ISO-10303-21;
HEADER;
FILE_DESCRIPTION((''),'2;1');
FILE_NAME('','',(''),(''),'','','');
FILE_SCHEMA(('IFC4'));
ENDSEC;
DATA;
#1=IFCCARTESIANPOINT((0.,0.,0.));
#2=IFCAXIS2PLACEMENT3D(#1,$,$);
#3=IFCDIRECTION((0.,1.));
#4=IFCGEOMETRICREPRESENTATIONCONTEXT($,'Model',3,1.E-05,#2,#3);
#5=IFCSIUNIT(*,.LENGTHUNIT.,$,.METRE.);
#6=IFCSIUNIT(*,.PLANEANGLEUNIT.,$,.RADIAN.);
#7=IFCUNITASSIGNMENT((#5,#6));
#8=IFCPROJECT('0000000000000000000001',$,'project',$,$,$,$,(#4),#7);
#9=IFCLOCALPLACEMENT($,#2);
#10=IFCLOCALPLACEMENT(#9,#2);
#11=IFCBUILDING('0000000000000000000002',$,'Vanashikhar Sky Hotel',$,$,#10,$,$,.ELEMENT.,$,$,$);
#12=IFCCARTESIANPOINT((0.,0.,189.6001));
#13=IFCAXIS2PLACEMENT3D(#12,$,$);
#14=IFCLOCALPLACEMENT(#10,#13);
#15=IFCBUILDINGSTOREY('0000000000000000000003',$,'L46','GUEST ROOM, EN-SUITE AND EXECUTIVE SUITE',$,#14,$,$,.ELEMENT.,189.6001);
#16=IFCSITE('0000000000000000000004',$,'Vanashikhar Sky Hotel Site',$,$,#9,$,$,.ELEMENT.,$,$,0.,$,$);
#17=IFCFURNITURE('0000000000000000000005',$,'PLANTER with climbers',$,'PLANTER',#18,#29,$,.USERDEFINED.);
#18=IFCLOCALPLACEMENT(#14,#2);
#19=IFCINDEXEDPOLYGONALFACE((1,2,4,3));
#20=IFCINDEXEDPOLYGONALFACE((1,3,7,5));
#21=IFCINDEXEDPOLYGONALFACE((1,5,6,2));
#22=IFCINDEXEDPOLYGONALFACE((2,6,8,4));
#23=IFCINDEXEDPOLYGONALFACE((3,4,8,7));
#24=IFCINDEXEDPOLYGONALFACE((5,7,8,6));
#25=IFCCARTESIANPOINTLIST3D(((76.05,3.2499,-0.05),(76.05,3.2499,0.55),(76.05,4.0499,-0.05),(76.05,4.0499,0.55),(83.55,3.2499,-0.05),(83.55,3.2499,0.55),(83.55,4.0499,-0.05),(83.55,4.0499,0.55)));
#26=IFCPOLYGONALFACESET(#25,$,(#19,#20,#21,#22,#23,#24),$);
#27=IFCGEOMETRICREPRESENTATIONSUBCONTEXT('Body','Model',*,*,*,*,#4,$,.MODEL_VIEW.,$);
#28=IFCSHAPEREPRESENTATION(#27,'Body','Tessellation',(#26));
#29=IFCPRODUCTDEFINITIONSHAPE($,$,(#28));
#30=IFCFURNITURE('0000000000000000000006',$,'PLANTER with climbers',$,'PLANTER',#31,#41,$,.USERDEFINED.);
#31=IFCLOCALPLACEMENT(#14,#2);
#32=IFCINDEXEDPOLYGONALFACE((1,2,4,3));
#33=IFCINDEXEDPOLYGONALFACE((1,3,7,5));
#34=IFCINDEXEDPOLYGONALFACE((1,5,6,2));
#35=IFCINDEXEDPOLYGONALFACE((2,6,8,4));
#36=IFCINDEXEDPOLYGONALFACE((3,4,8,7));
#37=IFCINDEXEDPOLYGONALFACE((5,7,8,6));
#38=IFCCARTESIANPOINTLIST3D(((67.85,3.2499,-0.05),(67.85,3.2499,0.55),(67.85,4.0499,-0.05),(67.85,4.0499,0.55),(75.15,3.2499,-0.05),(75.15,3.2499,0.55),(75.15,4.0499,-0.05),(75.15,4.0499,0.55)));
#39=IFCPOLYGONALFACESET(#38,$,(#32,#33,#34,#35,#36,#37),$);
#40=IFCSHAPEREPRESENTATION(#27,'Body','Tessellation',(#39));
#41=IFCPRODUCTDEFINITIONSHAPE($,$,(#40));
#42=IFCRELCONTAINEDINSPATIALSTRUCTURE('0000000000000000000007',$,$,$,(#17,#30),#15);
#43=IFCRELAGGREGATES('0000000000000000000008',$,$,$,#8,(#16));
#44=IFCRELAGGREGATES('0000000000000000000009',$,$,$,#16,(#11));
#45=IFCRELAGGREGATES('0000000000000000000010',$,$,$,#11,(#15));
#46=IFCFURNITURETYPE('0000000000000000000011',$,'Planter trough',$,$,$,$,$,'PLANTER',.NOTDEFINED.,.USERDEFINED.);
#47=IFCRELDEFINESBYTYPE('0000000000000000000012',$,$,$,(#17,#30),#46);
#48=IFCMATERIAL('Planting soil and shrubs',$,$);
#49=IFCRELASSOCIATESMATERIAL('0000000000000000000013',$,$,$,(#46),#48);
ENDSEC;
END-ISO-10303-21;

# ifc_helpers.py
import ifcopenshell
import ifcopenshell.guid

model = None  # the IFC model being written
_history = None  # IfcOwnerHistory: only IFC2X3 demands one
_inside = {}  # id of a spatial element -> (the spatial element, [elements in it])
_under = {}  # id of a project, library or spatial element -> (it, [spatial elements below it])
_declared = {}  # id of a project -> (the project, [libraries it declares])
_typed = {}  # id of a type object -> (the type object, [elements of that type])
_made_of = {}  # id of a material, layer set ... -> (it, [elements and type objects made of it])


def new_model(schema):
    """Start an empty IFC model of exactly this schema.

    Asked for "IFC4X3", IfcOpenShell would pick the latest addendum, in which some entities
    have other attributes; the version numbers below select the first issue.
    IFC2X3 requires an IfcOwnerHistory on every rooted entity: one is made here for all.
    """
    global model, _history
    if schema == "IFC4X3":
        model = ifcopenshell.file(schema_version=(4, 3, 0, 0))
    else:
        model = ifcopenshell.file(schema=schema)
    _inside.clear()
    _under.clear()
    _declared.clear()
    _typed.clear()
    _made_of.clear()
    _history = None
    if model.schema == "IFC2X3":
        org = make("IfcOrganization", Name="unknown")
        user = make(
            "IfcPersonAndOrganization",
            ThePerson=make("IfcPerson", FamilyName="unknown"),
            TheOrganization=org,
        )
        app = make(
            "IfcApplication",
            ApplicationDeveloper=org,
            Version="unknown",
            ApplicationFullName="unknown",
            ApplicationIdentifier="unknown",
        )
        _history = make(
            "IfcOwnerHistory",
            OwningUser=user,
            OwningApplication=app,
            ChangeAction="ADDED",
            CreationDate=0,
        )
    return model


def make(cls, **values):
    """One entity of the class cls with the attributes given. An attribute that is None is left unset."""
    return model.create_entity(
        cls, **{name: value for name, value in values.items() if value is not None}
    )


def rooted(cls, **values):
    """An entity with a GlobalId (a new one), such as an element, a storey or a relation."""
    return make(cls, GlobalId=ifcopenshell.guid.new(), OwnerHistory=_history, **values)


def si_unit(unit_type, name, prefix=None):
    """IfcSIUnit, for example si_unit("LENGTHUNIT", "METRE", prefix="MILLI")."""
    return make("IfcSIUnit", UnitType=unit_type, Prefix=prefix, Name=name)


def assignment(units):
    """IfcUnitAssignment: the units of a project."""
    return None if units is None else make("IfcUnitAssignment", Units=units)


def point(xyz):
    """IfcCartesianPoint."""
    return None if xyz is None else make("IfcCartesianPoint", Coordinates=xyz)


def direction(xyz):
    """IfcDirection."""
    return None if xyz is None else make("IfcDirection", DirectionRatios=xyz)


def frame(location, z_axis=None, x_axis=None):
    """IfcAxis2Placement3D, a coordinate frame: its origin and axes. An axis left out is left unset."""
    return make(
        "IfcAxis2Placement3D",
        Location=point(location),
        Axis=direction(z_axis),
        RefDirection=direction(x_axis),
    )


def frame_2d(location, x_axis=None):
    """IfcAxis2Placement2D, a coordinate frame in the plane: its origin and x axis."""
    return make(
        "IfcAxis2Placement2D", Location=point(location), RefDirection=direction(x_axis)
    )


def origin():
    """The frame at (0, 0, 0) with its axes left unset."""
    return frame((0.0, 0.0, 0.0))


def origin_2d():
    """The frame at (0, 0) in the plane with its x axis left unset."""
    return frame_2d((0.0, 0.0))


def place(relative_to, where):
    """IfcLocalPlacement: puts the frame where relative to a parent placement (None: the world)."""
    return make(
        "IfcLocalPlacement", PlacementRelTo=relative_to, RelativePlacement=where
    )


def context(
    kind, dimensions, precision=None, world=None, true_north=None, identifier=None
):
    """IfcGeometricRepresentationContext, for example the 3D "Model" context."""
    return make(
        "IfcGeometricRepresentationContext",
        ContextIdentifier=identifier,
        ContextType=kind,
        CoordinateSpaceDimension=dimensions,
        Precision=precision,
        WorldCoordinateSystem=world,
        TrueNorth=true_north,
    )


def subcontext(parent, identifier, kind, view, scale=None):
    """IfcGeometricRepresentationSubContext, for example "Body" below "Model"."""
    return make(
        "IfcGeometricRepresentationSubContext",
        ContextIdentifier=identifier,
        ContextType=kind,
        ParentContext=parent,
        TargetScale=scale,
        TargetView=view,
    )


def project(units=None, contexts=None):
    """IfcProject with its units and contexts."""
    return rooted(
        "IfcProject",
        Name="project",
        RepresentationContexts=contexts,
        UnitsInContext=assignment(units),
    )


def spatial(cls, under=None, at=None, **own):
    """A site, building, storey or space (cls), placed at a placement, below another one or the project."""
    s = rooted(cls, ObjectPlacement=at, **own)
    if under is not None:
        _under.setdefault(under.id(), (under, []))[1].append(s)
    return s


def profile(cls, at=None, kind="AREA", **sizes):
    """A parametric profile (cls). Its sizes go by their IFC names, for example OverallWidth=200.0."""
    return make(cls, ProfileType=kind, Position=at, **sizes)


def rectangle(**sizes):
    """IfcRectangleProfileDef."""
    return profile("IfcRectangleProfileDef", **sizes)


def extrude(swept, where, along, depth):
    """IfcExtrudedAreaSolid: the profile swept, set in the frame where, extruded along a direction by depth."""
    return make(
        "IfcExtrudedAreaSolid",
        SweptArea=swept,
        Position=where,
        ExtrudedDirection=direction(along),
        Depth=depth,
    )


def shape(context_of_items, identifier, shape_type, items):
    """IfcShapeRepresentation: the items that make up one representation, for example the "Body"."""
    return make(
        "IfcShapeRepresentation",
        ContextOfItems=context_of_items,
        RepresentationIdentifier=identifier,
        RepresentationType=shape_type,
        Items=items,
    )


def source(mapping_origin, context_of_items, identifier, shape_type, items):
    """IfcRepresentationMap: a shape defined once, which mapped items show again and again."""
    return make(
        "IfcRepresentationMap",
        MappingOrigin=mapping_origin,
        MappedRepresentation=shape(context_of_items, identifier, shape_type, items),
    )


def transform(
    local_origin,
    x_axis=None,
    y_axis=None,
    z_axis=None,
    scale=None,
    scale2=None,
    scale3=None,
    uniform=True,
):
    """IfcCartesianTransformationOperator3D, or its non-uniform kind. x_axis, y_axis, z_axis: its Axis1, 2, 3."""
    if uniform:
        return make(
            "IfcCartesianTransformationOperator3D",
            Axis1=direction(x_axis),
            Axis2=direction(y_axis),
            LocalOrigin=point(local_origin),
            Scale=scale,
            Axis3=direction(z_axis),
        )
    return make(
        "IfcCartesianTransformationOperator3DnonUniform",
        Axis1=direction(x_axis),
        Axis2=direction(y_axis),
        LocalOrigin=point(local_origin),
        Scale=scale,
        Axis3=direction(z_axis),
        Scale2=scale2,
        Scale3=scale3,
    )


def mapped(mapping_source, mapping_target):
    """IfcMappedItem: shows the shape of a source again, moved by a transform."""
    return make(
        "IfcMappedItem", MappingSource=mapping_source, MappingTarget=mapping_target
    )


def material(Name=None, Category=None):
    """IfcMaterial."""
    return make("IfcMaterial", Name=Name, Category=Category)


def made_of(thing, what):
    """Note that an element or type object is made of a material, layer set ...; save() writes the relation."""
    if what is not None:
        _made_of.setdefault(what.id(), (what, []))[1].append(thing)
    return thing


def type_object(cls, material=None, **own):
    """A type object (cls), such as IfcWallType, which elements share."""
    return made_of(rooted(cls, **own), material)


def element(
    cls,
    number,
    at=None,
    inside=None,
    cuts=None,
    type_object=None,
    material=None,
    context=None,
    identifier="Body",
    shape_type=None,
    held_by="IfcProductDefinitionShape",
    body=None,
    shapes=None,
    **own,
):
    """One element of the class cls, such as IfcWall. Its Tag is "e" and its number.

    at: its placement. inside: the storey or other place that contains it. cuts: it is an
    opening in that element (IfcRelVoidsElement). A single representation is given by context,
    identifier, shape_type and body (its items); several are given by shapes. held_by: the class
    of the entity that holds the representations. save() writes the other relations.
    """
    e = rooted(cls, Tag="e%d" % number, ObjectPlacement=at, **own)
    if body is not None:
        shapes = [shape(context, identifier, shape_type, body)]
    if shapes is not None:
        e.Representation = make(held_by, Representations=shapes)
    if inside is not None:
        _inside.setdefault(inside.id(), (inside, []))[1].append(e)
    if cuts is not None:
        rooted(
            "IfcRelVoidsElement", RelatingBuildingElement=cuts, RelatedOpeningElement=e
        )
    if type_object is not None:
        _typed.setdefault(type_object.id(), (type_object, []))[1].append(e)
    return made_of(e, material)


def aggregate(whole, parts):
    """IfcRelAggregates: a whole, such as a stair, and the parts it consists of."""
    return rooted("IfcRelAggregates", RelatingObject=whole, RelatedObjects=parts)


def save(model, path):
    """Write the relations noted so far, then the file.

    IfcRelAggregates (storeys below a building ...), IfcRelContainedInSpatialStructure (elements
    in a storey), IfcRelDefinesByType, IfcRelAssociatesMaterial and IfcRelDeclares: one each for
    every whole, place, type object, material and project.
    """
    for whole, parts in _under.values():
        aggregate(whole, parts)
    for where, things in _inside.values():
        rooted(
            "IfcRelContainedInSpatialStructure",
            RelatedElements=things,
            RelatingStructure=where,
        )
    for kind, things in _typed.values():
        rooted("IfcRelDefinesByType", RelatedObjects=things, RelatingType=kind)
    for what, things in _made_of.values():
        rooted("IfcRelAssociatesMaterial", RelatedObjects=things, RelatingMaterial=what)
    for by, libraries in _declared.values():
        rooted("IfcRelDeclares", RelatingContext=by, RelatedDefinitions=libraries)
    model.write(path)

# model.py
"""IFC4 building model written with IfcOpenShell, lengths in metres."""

from ifc_helpers import new_model, si_unit, direction, frame, origin, origin_2d, place, context, subcontext, project, spatial, rectangle, extrude, source, transform, mapped, material, type_object, element, save


model = new_model("IFC4")

# Units and contexts
model_context = context("Model", 3, precision=1e-05, world=origin(), true_north=direction((0.0, 1.0)))
body_context = subcontext(model_context, "Body", "Model", "MODEL_VIEW")
ifc_project = project(units=[si_unit("LENGTHUNIT", "METRE"), si_unit("PLANEANGLEUNIT", "RADIAN")], contexts=[model_context])

# Site, building, storey
site_placement = place(None, origin())
site = spatial("IfcSite", under=ifc_project, at=site_placement, Name="Vanashikhar Sky Hotel Site", CompositionType="ELEMENT", RefElevation=0.0)
building_placement = place(site_placement, origin())
building = spatial("IfcBuilding", under=site, at=building_placement, Name="Vanashikhar Sky Hotel", CompositionType="ELEMENT")
storey_placement = place(building_placement, frame((0.0, 0.0, 189.6001)))
storey = spatial("IfcBuildingStorey", under=building, at=storey_placement, Name="L46", Description="GUEST ROOM, EN-SUITE AND EXECUTIVE SUITE", CompositionType="ELEMENT", Elevation=189.6001)

# Furniture
ifc_material_1 = material(Name="Planting soil and shrubs")
furniture_type = type_object("IfcFurnitureType", Name="Planter trough", ElementType="PLANTER", AssemblyPlace="NOTDEFINED", PredefinedType="USERDEFINED", material=ifc_material_1)
shared_shape_1 = source(origin(), body_context, "Body", "SweptSolid", [
    extrude(rectangle(XDim=7.5, YDim=0.8, at=origin_2d()), origin(), (0.0, 0.0, 1.0), 0.6001),
])
furniture_1_placement = place(storey_placement, frame((79.8, 3.6499, -0.05), z_axis=(0.0, 0.0, 1.0), x_axis=(1.0, 0.0, 0.0)))
element("IfcFurniture", 1, at=furniture_1_placement, inside=storey, type_object=furniture_type, Name="PLANTER with climbers", ObjectType="PLANTER", PredefinedType="USERDEFINED", context=body_context, shape_type="MappedRepresentation", body=[
    mapped(shared_shape_1, transform((0.0, 0.0, 0.0), scale=1.0)),
])
shared_shape_2 = source(origin(), body_context, "Body", "SweptSolid", [
    extrude(rectangle(XDim=7.3, YDim=0.8, at=origin_2d()), origin(), (0.0, 0.0, 1.0), 0.6001),
])
furniture_2_placement = place(storey_placement, frame((71.5, 3.6499, -0.05), z_axis=(0.0, 0.0, 1.0), x_axis=(1.0, 0.0, 0.0)))
element("IfcFurniture", 2, at=furniture_2_placement, inside=storey, type_object=furniture_type, Name="PLANTER with climbers", ObjectType="PLANTER", PredefinedType="USERDEFINED", context=body_context, shape_type="MappedRepresentation", body=[
    mapped(shared_shape_2, transform((0.0, 0.0, 0.0), scale=1.0)),
])

save(model, "model.ifc")
